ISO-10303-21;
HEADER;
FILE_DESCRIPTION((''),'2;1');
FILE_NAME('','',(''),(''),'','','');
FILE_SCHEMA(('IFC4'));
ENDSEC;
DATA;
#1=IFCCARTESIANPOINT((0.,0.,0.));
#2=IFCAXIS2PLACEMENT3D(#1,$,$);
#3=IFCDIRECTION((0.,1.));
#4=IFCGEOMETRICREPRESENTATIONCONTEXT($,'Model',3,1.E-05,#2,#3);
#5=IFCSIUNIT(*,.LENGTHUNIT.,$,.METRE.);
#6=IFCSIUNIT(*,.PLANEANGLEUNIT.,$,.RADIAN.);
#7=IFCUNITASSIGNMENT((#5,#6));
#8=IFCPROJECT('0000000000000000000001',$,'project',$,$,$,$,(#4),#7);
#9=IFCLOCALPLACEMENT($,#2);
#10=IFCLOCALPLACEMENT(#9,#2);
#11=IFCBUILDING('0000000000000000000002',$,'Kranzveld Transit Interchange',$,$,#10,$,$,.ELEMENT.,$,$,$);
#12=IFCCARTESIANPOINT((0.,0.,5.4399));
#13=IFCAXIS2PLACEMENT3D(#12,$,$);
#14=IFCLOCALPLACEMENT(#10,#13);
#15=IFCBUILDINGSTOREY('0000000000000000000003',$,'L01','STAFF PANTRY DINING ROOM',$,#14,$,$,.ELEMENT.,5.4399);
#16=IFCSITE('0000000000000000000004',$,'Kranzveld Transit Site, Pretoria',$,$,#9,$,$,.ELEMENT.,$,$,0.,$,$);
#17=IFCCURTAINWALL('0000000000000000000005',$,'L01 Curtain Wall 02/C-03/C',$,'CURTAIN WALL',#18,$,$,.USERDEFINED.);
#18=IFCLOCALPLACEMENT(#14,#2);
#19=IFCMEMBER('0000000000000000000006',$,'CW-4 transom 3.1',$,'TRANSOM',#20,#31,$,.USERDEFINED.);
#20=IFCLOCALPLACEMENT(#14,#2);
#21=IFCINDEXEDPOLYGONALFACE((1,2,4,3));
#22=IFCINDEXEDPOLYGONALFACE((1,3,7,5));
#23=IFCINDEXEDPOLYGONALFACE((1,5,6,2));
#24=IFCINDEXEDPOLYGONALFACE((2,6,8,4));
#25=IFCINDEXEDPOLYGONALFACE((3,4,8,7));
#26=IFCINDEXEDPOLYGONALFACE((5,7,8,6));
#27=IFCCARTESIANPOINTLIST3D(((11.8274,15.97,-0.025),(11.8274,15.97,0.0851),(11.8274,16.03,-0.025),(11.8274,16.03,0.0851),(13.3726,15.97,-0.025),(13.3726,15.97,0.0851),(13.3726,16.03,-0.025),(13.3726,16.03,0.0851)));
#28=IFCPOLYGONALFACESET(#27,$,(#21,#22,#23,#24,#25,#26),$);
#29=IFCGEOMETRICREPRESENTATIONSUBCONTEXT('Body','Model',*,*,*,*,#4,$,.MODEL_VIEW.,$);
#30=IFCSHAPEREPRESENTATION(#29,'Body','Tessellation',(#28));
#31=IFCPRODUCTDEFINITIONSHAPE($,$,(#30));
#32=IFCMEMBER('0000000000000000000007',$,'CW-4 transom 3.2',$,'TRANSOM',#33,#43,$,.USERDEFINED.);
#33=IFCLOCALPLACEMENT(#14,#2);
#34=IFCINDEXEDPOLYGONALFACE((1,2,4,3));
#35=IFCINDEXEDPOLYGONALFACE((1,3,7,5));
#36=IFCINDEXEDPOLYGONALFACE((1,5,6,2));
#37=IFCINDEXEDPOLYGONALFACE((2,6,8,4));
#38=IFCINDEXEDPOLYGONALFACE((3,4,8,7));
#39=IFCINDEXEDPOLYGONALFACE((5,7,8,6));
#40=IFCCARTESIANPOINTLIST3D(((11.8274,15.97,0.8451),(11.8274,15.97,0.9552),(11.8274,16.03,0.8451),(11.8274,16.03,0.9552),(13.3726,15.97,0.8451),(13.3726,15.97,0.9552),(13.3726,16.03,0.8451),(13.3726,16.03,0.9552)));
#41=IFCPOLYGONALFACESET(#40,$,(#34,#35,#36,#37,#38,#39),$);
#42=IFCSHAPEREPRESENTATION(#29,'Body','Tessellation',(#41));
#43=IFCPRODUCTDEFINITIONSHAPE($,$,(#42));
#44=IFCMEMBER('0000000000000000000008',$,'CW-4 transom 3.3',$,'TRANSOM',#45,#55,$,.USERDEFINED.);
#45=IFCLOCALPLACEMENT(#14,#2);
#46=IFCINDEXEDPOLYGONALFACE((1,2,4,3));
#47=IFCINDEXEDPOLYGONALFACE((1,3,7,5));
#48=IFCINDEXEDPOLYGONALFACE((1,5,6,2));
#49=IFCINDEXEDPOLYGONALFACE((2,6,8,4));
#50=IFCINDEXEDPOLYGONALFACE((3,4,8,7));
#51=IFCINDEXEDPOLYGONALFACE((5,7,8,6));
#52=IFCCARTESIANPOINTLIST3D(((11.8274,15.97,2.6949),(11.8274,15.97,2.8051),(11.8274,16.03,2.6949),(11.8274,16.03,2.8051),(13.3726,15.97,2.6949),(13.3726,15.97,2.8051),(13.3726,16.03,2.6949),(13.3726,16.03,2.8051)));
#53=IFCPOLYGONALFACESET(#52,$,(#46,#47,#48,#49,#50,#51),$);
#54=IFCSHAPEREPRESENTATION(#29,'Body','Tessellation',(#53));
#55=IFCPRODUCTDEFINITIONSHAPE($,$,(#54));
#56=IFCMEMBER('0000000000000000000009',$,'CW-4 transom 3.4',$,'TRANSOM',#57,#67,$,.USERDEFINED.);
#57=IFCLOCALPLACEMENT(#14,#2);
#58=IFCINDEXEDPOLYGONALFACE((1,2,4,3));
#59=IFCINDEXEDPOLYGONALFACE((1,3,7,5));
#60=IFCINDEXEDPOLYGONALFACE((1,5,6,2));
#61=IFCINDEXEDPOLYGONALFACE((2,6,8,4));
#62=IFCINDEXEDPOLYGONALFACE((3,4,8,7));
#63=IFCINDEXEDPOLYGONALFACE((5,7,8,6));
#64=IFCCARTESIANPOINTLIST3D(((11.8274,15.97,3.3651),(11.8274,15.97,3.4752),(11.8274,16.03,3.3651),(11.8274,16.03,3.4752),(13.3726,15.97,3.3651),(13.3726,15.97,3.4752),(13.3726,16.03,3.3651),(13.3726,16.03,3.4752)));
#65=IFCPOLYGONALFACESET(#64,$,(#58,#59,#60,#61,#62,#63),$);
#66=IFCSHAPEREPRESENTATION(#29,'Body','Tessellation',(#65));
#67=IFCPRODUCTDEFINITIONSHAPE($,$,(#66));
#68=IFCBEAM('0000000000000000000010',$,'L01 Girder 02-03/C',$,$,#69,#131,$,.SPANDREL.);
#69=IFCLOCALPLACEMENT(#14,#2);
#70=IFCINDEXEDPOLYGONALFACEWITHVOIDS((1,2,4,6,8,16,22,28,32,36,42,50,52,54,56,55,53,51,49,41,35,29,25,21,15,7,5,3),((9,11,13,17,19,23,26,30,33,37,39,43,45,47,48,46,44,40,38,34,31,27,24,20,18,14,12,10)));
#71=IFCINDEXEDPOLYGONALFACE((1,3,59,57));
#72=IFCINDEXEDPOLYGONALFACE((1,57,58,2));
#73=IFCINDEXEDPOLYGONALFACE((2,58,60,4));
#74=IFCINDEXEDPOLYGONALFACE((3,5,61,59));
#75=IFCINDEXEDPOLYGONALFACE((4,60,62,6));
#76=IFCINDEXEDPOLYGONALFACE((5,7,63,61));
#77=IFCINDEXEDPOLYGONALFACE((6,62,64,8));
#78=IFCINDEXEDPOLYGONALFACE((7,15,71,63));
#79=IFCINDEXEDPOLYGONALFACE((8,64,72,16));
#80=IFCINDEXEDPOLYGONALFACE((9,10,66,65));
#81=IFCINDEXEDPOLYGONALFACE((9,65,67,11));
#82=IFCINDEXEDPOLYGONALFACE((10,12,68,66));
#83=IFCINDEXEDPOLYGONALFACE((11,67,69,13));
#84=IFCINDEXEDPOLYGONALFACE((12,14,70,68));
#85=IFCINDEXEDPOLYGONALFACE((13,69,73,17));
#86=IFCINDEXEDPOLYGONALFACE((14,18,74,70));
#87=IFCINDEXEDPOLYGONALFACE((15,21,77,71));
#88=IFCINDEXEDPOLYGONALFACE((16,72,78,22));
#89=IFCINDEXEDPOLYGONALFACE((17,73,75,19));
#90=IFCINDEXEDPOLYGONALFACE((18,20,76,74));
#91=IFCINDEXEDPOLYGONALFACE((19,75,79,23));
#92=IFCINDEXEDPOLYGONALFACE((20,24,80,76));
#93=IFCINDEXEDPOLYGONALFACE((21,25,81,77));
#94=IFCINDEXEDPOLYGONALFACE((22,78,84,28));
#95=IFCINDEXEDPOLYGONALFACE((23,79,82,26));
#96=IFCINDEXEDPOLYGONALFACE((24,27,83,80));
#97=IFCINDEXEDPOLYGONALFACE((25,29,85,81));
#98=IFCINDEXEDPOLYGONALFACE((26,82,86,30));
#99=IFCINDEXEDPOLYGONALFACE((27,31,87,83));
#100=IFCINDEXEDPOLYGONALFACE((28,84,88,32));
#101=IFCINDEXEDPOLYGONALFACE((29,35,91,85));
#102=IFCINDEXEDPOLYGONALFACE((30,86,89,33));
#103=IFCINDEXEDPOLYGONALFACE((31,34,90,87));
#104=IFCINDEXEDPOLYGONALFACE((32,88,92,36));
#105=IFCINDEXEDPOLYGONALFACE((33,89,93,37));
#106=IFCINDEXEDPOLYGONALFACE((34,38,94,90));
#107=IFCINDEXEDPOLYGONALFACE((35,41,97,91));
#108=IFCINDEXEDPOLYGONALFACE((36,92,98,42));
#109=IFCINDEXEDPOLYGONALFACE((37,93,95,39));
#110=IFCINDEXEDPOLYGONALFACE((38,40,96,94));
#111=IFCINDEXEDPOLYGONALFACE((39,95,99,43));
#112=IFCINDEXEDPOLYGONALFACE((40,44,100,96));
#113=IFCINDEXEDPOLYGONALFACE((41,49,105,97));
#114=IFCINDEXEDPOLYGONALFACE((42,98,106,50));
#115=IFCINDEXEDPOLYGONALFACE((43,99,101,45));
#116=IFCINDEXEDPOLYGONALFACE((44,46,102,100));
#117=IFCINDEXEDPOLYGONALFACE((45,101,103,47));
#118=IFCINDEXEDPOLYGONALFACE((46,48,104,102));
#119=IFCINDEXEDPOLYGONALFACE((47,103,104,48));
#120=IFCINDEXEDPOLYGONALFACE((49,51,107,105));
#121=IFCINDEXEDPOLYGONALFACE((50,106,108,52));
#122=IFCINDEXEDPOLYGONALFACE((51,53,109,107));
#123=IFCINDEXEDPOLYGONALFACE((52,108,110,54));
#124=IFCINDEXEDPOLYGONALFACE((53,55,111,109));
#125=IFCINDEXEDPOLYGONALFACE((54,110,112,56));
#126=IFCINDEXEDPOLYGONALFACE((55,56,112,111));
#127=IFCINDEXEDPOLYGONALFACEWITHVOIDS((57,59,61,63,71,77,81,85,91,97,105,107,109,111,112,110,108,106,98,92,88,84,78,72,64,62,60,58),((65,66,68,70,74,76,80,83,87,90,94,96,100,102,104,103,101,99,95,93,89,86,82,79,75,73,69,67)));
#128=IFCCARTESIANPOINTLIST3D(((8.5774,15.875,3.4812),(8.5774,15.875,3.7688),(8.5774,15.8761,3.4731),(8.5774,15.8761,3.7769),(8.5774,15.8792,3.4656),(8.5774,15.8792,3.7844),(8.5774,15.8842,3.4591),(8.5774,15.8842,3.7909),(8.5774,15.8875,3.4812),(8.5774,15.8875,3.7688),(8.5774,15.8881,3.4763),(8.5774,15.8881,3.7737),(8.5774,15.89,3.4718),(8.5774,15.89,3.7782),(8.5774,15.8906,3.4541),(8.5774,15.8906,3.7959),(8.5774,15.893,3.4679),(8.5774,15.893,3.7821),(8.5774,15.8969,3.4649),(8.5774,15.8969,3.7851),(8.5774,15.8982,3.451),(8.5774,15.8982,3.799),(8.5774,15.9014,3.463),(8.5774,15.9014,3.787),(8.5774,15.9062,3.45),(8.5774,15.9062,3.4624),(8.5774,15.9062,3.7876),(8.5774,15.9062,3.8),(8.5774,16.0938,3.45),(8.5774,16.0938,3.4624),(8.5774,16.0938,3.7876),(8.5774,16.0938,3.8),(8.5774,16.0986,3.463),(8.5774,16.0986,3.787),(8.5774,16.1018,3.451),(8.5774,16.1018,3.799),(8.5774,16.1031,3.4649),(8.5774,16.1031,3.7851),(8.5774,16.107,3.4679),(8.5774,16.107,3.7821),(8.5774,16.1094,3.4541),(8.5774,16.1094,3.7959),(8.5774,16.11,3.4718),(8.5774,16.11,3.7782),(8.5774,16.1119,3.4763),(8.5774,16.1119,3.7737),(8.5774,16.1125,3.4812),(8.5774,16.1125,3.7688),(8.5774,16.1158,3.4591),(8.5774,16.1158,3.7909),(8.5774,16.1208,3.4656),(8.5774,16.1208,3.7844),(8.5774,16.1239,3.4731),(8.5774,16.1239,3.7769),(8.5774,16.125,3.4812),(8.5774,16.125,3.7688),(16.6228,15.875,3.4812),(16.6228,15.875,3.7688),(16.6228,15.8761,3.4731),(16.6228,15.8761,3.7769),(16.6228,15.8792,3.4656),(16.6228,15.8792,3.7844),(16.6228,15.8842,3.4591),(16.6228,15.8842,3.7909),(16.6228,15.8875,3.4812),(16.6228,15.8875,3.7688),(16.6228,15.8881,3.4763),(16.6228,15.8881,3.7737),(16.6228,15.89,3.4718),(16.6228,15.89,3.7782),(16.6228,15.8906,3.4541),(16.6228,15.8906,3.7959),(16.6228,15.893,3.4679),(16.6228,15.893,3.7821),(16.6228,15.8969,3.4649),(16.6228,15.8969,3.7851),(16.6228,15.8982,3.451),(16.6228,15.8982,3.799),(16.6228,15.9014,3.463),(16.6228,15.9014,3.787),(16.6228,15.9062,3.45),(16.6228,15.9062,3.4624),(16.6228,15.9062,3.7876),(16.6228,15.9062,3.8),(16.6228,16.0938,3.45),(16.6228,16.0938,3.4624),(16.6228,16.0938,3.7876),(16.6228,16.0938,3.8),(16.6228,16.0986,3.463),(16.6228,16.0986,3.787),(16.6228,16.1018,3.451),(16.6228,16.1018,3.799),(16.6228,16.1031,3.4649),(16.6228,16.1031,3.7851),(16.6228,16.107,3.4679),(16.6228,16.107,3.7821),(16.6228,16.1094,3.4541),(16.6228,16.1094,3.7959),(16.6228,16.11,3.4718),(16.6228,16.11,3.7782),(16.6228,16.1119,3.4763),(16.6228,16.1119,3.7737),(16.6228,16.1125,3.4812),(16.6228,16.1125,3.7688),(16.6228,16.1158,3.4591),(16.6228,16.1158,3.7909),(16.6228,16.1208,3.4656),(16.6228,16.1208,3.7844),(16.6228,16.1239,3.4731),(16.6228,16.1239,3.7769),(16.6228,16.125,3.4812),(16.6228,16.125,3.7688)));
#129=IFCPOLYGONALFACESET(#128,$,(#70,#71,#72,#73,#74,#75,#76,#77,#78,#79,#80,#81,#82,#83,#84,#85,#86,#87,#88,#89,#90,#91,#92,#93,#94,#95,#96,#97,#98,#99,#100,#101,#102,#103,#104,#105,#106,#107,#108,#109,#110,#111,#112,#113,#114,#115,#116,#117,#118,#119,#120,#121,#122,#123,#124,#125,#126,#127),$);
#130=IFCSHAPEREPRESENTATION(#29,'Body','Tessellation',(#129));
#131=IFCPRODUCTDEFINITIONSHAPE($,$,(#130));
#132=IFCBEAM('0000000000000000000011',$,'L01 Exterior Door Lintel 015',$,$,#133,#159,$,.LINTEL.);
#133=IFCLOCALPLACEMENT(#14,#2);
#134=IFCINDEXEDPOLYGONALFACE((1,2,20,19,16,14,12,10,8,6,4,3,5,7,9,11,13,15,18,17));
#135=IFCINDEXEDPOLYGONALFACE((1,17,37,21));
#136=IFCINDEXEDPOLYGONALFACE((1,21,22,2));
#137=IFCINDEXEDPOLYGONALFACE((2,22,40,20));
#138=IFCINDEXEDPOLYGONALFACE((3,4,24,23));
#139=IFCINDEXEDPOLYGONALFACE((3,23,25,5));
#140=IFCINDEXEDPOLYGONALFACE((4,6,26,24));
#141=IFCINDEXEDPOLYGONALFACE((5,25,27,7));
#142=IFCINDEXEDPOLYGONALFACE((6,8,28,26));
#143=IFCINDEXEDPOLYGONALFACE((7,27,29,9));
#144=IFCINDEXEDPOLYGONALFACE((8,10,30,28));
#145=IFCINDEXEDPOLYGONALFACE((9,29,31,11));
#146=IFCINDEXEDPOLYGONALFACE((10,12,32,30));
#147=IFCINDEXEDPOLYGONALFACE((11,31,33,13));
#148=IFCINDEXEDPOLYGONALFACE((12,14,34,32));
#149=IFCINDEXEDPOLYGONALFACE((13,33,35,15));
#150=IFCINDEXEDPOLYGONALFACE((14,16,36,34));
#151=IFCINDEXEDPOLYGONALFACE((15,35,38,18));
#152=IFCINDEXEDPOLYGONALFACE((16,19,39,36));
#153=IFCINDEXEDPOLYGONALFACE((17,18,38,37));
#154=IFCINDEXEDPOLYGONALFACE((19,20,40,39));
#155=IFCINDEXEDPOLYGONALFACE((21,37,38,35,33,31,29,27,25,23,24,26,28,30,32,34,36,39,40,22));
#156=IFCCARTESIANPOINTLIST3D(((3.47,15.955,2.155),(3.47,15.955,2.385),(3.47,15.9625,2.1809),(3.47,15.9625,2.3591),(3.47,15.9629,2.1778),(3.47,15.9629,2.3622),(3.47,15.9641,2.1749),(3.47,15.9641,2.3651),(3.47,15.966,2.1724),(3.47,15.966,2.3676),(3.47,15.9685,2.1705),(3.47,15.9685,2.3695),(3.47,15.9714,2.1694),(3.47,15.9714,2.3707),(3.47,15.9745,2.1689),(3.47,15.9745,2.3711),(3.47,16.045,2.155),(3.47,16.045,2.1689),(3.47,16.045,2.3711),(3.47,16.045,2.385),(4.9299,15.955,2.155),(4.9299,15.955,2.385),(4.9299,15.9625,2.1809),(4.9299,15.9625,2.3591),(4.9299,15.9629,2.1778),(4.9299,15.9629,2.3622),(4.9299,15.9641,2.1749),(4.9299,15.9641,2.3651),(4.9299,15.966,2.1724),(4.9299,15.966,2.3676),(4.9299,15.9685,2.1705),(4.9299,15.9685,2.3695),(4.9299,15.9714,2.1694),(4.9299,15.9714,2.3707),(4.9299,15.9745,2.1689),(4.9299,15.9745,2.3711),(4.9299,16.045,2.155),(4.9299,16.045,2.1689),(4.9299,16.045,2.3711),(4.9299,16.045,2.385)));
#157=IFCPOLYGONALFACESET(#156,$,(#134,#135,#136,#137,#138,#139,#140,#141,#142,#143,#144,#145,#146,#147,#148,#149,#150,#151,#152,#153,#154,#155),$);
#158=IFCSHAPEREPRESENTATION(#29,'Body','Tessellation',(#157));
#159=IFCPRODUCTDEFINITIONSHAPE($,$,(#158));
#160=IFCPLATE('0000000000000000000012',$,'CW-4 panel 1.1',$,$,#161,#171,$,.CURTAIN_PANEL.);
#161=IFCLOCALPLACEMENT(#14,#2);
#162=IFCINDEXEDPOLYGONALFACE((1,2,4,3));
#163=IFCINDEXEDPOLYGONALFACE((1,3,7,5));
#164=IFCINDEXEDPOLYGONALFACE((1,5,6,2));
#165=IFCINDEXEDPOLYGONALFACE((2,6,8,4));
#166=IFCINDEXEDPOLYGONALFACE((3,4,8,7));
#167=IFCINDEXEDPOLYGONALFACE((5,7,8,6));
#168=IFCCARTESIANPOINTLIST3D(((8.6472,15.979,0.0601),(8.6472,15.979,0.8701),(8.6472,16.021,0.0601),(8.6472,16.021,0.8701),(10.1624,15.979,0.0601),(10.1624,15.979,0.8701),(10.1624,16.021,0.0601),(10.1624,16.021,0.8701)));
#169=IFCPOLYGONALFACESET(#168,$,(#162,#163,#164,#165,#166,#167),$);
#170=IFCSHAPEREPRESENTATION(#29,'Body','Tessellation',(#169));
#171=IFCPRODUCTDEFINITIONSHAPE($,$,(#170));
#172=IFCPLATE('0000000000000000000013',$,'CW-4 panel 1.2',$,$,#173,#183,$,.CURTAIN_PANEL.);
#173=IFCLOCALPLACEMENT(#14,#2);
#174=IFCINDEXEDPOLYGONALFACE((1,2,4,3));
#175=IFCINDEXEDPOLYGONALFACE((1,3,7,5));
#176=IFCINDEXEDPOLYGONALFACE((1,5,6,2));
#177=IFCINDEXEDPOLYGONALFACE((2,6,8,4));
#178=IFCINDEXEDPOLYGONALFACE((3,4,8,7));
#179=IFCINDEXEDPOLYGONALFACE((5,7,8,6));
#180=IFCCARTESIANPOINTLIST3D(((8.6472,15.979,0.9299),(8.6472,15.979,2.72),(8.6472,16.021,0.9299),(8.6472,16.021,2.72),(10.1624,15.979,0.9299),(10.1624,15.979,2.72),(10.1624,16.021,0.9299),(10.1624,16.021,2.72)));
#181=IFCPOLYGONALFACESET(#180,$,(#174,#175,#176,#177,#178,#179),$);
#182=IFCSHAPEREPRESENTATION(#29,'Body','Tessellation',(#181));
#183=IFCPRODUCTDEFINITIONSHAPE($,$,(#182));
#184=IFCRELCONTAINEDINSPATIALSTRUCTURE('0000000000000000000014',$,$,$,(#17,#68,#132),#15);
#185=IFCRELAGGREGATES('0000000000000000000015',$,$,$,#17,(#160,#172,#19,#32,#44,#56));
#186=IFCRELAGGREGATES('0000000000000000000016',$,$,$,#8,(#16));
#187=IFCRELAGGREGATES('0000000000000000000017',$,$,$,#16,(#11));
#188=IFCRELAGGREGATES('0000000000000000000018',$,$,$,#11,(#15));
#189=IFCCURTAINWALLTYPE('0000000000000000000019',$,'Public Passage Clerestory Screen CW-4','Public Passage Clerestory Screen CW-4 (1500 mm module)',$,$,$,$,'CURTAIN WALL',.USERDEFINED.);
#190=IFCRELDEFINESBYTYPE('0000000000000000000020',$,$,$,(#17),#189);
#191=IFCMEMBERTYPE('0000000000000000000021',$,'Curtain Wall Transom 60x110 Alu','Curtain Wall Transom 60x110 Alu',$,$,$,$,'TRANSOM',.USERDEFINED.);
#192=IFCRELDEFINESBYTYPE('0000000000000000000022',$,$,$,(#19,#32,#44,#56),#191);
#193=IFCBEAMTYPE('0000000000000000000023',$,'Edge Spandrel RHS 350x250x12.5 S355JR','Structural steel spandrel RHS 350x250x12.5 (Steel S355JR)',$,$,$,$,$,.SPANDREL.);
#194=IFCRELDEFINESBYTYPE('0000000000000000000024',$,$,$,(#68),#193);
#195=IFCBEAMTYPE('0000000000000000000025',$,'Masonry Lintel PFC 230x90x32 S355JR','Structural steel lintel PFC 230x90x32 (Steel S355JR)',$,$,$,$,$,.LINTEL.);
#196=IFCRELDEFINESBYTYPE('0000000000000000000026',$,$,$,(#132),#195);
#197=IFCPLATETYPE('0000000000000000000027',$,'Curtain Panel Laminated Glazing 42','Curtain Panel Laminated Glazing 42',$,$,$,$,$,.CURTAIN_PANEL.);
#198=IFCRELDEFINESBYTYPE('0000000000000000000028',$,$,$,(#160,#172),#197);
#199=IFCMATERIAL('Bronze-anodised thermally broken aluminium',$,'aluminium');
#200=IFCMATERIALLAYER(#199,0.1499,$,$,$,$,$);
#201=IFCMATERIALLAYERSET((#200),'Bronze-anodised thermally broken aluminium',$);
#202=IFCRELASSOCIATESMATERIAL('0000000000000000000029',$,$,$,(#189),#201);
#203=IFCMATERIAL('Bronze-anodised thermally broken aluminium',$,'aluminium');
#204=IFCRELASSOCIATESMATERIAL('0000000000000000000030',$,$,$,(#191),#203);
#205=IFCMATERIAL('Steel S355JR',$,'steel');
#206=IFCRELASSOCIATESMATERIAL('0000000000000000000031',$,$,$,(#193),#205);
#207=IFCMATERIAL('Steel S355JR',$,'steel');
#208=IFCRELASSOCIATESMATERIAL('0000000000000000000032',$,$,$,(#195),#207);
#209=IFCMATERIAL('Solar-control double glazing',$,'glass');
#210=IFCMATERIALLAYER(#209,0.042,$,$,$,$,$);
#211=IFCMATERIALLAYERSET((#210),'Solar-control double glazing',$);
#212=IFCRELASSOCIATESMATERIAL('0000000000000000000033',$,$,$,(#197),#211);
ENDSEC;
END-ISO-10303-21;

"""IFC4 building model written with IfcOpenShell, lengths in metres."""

from ifc_helpers import new_model, si_unit, direction, frame, origin, origin_2d, place, context, subcontext, project, spatial, rectangle, hollow_rectangle, u_section, extrude, material, layer, layer_set, material_profile, profile_set, type_object, element, aggregate, save


model = new_model("IFC4")

# Units and contexts
model_context = context("Model", 3, precision=1e-05, world=origin(), true_north=direction((0.0, 1.0)))
body_context = subcontext(model_context, "Body", "Model", "MODEL_VIEW")
ifc_project = project(units=[si_unit("LENGTHUNIT", "METRE"), si_unit("PLANEANGLEUNIT", "RADIAN")], contexts=[model_context])

# Site, building, storey
site_placement = place(None, origin())
site = spatial("IfcSite", under=ifc_project, at=site_placement, Name="Kranzveld Transit Site, Pretoria", CompositionType="ELEMENT", RefElevation=0.0)
building_placement = place(site_placement, origin())
building = spatial("IfcBuilding", under=site, at=building_placement, Name="Kranzveld Transit Interchange", CompositionType="ELEMENT")
storey_placement = place(building_placement, frame((0.0, 0.0, 5.4399)))
storey = spatial("IfcBuildingStorey", under=building, at=storey_placement, Name="L01", Description="STAFF PANTRY DINING ROOM", CompositionType="ELEMENT", Elevation=5.4399)

# Curtain wall, members
ifc_material_1 = material(Name="Bronze-anodised thermally broken aluminium", Category="aluminium")
ifc_layer_1 = layer(ifc_material_1, 0.1499)
ifc_layer_set_1 = layer_set([ifc_layer_1], Name="Bronze-anodised thermally broken aluminium")
curtain_wall_type = type_object("IfcCurtainWallType", Name="Public Passage Clerestory Screen CW-4", Description="Public Passage Clerestory Screen CW-4 (1500 mm module)", ElementType="CURTAIN WALL", PredefinedType="USERDEFINED", material=ifc_layer_set_1)
curtain_wall_placement = place(storey_placement, origin())
curtain_wall = element("IfcCurtainWall", 1, at=curtain_wall_placement, inside=storey, type_object=curtain_wall_type, Name="L01 Curtain Wall 02/C-03/C", ObjectType="CURTAIN WALL", PredefinedType="USERDEFINED")
ifc_material_2 = material(Name="Bronze-anodised thermally broken aluminium", Category="aluminium")
ifc_material_profile_1 = material_profile(ifc_material_2, rectangle(XDim=0.0601, YDim=0.1101, at=origin_2d()), Name="ALU TRANSOM 60x110")
ifc_profile_set_1 = profile_set([ifc_material_profile_1], Name="Bronze-anodised thermally broken aluminium")
member_type_1 = type_object("IfcMemberType", Name="Curtain Wall Transom 60x110 Alu", Description="Curtain Wall Transom 60x110 Alu", ElementType="TRANSOM", PredefinedType="USERDEFINED", material=ifc_profile_set_1)
member_1_placement = place(storey_placement, frame((11.8274, 16.0, 0.03), z_axis=(1.0, 0.0, 0.0), x_axis=(0.0, 1.0, 0.0)))
member_1 = element("IfcMember", 2, at=member_1_placement, type_object=member_type_1, Name="CW-4 transom 3.1", ObjectType="TRANSOM", PredefinedType="USERDEFINED", context=body_context, shape_type="SweptSolid", body=[
    extrude(rectangle(XDim=0.0601, YDim=0.1101, at=origin_2d()), origin(), (0.0, 0.0, 1.0), 1.5452),
])
member_2_placement = place(storey_placement, frame((11.8274, 16.0, 0.9001), z_axis=(1.0, 0.0, 0.0), x_axis=(0.0, 1.0, 0.0)))
member_2 = element("IfcMember", 3, at=member_2_placement, type_object=member_type_1, Name="CW-4 transom 3.2", ObjectType="TRANSOM", PredefinedType="USERDEFINED", context=body_context, shape_type="SweptSolid", body=[
    extrude(rectangle(XDim=0.0601, YDim=0.1101, at=origin_2d()), origin(), (0.0, 0.0, 1.0), 1.5452),
])
member_3_placement = place(storey_placement, frame((11.8274, 16.0, 2.75), z_axis=(1.0, 0.0, 0.0), x_axis=(0.0, 1.0, 0.0)))
member_3 = element("IfcMember", 4, at=member_3_placement, type_object=member_type_1, Name="CW-4 transom 3.3", ObjectType="TRANSOM", PredefinedType="USERDEFINED", context=body_context, shape_type="SweptSolid", body=[
    extrude(rectangle(XDim=0.0601, YDim=0.1101, at=origin_2d()), origin(), (0.0, 0.0, 1.0), 1.5452),
])
member_4_placement = place(storey_placement, frame((11.8274, 16.0, 3.4202), z_axis=(1.0, 0.0, 0.0), x_axis=(0.0, 1.0, 0.0)))
member_4 = element("IfcMember", 5, at=member_4_placement, type_object=member_type_1, Name="CW-4 transom 3.4", ObjectType="TRANSOM", PredefinedType="USERDEFINED", context=body_context, shape_type="SweptSolid", body=[
    extrude(rectangle(XDim=0.0601, YDim=0.1101, at=origin_2d()), origin(), (0.0, 0.0, 1.0), 1.5452),
])

# Beams
ifc_material_3 = material(Name="Steel S355JR", Category="steel")
ifc_material_profile_2 = material_profile(ifc_material_3, hollow_rectangle(XDim=0.25, YDim=0.3501, WallThickness=0.0125, InnerFilletRadius=0.0188, OuterFilletRadius=0.0312, at=origin_2d()), Name="RHS 350x250x12.5")
ifc_profile_set_2 = profile_set([ifc_material_profile_2], Name="Steel S355JR")
beam_type_1 = type_object("IfcBeamType", Name="Edge Spandrel RHS 350x250x12.5 S355JR", Description="Structural steel spandrel RHS 350x250x12.5 (Steel S355JR)", PredefinedType="SPANDREL", material=ifc_profile_set_2)
beam_1_placement = place(storey_placement, frame((8.5774, 16.0, 3.625), z_axis=(1.0, 0.0, 0.0), x_axis=(0.0, 1.0, 0.0)))
element("IfcBeam", 6, at=beam_1_placement, inside=storey, type_object=beam_type_1, Name="L01 Girder 02-03/C", PredefinedType="SPANDREL", context=body_context, shape_type="SweptSolid", body=[
    extrude(hollow_rectangle(XDim=0.25, YDim=0.3501, WallThickness=0.0125, InnerFilletRadius=0.0188, OuterFilletRadius=0.0312, at=origin_2d()), origin(), (0.0, 0.0, 1.0), 8.0454),
])
ifc_material_4 = material(Name="Steel S355JR", Category="steel")
ifc_material_profile_3 = material_profile(ifc_material_4, u_section(Depth=0.23, FlangeWidth=0.0901, WebThickness=0.0076, FlangeThickness=0.0139, FilletRadius=0.012, at=origin_2d()), Name="PFC 230x90x32")
ifc_profile_set_3 = profile_set([ifc_material_profile_3], Name="Steel S355JR")
beam_type_2 = type_object("IfcBeamType", Name="Masonry Lintel PFC 230x90x32 S355JR", Description="Structural steel lintel PFC 230x90x32 (Steel S355JR)", PredefinedType="LINTEL", material=ifc_profile_set_3)
beam_2_placement = place(storey_placement, frame((3.47, 16.0, 2.27), z_axis=(1.0, 0.0, 0.0), x_axis=(0.0, 1.0, 0.0)))
element("IfcBeam", 7, at=beam_2_placement, inside=storey, type_object=beam_type_2, Name="L01 Exterior Door Lintel 015", PredefinedType="LINTEL", context=body_context, shape_type="SweptSolid", body=[
    extrude(u_section(Depth=0.23, FlangeWidth=0.0901, WebThickness=0.0076, FlangeThickness=0.0139, FilletRadius=0.012, at=origin_2d()), origin(), (0.0, 0.0, 1.0), 1.46),
])

# Plates
ifc_material_5 = material(Name="Solar-control double glazing", Category="glass")
ifc_layer_2 = layer(ifc_material_5, 0.042)
ifc_layer_set_2 = layer_set([ifc_layer_2], Name="Solar-control double glazing")
plate_type = type_object("IfcPlateType", Name="Curtain Panel Laminated Glazing 42", Description="Curtain Panel Laminated Glazing 42", PredefinedType="CURTAIN_PANEL", material=ifc_layer_set_2)
plate_1_placement = place(storey_placement, frame((9.4048, 16.0, 0.0601), z_axis=(0.0, 0.0, 1.0), x_axis=(1.0, 0.0, 0.0)))
plate_1 = element("IfcPlate", 8, at=plate_1_placement, type_object=plate_type, Name="CW-4 panel 1.1", PredefinedType="CURTAIN_PANEL", context=body_context, shape_type="SweptSolid", body=[
    extrude(rectangle(XDim=1.5151, YDim=0.042, at=origin_2d()), origin(), (0.0, 0.0, 1.0), 0.8101),
])
plate_2_placement = place(storey_placement, frame((9.4048, 16.0, 0.9299), z_axis=(0.0, 0.0, 1.0), x_axis=(1.0, 0.0, 0.0)))
plate_2 = element("IfcPlate", 9, at=plate_2_placement, type_object=plate_type, Name="CW-4 panel 1.2", PredefinedType="CURTAIN_PANEL", context=body_context, shape_type="SweptSolid", body=[
    extrude(rectangle(XDim=1.5151, YDim=0.042, at=origin_2d()), origin(), (0.0, 0.0, 1.0), 1.79),
])
aggregate(curtain_wall, [plate_1, plate_2, member_1, member_2, member_3, member_4])

save(model, "model.ifc")
